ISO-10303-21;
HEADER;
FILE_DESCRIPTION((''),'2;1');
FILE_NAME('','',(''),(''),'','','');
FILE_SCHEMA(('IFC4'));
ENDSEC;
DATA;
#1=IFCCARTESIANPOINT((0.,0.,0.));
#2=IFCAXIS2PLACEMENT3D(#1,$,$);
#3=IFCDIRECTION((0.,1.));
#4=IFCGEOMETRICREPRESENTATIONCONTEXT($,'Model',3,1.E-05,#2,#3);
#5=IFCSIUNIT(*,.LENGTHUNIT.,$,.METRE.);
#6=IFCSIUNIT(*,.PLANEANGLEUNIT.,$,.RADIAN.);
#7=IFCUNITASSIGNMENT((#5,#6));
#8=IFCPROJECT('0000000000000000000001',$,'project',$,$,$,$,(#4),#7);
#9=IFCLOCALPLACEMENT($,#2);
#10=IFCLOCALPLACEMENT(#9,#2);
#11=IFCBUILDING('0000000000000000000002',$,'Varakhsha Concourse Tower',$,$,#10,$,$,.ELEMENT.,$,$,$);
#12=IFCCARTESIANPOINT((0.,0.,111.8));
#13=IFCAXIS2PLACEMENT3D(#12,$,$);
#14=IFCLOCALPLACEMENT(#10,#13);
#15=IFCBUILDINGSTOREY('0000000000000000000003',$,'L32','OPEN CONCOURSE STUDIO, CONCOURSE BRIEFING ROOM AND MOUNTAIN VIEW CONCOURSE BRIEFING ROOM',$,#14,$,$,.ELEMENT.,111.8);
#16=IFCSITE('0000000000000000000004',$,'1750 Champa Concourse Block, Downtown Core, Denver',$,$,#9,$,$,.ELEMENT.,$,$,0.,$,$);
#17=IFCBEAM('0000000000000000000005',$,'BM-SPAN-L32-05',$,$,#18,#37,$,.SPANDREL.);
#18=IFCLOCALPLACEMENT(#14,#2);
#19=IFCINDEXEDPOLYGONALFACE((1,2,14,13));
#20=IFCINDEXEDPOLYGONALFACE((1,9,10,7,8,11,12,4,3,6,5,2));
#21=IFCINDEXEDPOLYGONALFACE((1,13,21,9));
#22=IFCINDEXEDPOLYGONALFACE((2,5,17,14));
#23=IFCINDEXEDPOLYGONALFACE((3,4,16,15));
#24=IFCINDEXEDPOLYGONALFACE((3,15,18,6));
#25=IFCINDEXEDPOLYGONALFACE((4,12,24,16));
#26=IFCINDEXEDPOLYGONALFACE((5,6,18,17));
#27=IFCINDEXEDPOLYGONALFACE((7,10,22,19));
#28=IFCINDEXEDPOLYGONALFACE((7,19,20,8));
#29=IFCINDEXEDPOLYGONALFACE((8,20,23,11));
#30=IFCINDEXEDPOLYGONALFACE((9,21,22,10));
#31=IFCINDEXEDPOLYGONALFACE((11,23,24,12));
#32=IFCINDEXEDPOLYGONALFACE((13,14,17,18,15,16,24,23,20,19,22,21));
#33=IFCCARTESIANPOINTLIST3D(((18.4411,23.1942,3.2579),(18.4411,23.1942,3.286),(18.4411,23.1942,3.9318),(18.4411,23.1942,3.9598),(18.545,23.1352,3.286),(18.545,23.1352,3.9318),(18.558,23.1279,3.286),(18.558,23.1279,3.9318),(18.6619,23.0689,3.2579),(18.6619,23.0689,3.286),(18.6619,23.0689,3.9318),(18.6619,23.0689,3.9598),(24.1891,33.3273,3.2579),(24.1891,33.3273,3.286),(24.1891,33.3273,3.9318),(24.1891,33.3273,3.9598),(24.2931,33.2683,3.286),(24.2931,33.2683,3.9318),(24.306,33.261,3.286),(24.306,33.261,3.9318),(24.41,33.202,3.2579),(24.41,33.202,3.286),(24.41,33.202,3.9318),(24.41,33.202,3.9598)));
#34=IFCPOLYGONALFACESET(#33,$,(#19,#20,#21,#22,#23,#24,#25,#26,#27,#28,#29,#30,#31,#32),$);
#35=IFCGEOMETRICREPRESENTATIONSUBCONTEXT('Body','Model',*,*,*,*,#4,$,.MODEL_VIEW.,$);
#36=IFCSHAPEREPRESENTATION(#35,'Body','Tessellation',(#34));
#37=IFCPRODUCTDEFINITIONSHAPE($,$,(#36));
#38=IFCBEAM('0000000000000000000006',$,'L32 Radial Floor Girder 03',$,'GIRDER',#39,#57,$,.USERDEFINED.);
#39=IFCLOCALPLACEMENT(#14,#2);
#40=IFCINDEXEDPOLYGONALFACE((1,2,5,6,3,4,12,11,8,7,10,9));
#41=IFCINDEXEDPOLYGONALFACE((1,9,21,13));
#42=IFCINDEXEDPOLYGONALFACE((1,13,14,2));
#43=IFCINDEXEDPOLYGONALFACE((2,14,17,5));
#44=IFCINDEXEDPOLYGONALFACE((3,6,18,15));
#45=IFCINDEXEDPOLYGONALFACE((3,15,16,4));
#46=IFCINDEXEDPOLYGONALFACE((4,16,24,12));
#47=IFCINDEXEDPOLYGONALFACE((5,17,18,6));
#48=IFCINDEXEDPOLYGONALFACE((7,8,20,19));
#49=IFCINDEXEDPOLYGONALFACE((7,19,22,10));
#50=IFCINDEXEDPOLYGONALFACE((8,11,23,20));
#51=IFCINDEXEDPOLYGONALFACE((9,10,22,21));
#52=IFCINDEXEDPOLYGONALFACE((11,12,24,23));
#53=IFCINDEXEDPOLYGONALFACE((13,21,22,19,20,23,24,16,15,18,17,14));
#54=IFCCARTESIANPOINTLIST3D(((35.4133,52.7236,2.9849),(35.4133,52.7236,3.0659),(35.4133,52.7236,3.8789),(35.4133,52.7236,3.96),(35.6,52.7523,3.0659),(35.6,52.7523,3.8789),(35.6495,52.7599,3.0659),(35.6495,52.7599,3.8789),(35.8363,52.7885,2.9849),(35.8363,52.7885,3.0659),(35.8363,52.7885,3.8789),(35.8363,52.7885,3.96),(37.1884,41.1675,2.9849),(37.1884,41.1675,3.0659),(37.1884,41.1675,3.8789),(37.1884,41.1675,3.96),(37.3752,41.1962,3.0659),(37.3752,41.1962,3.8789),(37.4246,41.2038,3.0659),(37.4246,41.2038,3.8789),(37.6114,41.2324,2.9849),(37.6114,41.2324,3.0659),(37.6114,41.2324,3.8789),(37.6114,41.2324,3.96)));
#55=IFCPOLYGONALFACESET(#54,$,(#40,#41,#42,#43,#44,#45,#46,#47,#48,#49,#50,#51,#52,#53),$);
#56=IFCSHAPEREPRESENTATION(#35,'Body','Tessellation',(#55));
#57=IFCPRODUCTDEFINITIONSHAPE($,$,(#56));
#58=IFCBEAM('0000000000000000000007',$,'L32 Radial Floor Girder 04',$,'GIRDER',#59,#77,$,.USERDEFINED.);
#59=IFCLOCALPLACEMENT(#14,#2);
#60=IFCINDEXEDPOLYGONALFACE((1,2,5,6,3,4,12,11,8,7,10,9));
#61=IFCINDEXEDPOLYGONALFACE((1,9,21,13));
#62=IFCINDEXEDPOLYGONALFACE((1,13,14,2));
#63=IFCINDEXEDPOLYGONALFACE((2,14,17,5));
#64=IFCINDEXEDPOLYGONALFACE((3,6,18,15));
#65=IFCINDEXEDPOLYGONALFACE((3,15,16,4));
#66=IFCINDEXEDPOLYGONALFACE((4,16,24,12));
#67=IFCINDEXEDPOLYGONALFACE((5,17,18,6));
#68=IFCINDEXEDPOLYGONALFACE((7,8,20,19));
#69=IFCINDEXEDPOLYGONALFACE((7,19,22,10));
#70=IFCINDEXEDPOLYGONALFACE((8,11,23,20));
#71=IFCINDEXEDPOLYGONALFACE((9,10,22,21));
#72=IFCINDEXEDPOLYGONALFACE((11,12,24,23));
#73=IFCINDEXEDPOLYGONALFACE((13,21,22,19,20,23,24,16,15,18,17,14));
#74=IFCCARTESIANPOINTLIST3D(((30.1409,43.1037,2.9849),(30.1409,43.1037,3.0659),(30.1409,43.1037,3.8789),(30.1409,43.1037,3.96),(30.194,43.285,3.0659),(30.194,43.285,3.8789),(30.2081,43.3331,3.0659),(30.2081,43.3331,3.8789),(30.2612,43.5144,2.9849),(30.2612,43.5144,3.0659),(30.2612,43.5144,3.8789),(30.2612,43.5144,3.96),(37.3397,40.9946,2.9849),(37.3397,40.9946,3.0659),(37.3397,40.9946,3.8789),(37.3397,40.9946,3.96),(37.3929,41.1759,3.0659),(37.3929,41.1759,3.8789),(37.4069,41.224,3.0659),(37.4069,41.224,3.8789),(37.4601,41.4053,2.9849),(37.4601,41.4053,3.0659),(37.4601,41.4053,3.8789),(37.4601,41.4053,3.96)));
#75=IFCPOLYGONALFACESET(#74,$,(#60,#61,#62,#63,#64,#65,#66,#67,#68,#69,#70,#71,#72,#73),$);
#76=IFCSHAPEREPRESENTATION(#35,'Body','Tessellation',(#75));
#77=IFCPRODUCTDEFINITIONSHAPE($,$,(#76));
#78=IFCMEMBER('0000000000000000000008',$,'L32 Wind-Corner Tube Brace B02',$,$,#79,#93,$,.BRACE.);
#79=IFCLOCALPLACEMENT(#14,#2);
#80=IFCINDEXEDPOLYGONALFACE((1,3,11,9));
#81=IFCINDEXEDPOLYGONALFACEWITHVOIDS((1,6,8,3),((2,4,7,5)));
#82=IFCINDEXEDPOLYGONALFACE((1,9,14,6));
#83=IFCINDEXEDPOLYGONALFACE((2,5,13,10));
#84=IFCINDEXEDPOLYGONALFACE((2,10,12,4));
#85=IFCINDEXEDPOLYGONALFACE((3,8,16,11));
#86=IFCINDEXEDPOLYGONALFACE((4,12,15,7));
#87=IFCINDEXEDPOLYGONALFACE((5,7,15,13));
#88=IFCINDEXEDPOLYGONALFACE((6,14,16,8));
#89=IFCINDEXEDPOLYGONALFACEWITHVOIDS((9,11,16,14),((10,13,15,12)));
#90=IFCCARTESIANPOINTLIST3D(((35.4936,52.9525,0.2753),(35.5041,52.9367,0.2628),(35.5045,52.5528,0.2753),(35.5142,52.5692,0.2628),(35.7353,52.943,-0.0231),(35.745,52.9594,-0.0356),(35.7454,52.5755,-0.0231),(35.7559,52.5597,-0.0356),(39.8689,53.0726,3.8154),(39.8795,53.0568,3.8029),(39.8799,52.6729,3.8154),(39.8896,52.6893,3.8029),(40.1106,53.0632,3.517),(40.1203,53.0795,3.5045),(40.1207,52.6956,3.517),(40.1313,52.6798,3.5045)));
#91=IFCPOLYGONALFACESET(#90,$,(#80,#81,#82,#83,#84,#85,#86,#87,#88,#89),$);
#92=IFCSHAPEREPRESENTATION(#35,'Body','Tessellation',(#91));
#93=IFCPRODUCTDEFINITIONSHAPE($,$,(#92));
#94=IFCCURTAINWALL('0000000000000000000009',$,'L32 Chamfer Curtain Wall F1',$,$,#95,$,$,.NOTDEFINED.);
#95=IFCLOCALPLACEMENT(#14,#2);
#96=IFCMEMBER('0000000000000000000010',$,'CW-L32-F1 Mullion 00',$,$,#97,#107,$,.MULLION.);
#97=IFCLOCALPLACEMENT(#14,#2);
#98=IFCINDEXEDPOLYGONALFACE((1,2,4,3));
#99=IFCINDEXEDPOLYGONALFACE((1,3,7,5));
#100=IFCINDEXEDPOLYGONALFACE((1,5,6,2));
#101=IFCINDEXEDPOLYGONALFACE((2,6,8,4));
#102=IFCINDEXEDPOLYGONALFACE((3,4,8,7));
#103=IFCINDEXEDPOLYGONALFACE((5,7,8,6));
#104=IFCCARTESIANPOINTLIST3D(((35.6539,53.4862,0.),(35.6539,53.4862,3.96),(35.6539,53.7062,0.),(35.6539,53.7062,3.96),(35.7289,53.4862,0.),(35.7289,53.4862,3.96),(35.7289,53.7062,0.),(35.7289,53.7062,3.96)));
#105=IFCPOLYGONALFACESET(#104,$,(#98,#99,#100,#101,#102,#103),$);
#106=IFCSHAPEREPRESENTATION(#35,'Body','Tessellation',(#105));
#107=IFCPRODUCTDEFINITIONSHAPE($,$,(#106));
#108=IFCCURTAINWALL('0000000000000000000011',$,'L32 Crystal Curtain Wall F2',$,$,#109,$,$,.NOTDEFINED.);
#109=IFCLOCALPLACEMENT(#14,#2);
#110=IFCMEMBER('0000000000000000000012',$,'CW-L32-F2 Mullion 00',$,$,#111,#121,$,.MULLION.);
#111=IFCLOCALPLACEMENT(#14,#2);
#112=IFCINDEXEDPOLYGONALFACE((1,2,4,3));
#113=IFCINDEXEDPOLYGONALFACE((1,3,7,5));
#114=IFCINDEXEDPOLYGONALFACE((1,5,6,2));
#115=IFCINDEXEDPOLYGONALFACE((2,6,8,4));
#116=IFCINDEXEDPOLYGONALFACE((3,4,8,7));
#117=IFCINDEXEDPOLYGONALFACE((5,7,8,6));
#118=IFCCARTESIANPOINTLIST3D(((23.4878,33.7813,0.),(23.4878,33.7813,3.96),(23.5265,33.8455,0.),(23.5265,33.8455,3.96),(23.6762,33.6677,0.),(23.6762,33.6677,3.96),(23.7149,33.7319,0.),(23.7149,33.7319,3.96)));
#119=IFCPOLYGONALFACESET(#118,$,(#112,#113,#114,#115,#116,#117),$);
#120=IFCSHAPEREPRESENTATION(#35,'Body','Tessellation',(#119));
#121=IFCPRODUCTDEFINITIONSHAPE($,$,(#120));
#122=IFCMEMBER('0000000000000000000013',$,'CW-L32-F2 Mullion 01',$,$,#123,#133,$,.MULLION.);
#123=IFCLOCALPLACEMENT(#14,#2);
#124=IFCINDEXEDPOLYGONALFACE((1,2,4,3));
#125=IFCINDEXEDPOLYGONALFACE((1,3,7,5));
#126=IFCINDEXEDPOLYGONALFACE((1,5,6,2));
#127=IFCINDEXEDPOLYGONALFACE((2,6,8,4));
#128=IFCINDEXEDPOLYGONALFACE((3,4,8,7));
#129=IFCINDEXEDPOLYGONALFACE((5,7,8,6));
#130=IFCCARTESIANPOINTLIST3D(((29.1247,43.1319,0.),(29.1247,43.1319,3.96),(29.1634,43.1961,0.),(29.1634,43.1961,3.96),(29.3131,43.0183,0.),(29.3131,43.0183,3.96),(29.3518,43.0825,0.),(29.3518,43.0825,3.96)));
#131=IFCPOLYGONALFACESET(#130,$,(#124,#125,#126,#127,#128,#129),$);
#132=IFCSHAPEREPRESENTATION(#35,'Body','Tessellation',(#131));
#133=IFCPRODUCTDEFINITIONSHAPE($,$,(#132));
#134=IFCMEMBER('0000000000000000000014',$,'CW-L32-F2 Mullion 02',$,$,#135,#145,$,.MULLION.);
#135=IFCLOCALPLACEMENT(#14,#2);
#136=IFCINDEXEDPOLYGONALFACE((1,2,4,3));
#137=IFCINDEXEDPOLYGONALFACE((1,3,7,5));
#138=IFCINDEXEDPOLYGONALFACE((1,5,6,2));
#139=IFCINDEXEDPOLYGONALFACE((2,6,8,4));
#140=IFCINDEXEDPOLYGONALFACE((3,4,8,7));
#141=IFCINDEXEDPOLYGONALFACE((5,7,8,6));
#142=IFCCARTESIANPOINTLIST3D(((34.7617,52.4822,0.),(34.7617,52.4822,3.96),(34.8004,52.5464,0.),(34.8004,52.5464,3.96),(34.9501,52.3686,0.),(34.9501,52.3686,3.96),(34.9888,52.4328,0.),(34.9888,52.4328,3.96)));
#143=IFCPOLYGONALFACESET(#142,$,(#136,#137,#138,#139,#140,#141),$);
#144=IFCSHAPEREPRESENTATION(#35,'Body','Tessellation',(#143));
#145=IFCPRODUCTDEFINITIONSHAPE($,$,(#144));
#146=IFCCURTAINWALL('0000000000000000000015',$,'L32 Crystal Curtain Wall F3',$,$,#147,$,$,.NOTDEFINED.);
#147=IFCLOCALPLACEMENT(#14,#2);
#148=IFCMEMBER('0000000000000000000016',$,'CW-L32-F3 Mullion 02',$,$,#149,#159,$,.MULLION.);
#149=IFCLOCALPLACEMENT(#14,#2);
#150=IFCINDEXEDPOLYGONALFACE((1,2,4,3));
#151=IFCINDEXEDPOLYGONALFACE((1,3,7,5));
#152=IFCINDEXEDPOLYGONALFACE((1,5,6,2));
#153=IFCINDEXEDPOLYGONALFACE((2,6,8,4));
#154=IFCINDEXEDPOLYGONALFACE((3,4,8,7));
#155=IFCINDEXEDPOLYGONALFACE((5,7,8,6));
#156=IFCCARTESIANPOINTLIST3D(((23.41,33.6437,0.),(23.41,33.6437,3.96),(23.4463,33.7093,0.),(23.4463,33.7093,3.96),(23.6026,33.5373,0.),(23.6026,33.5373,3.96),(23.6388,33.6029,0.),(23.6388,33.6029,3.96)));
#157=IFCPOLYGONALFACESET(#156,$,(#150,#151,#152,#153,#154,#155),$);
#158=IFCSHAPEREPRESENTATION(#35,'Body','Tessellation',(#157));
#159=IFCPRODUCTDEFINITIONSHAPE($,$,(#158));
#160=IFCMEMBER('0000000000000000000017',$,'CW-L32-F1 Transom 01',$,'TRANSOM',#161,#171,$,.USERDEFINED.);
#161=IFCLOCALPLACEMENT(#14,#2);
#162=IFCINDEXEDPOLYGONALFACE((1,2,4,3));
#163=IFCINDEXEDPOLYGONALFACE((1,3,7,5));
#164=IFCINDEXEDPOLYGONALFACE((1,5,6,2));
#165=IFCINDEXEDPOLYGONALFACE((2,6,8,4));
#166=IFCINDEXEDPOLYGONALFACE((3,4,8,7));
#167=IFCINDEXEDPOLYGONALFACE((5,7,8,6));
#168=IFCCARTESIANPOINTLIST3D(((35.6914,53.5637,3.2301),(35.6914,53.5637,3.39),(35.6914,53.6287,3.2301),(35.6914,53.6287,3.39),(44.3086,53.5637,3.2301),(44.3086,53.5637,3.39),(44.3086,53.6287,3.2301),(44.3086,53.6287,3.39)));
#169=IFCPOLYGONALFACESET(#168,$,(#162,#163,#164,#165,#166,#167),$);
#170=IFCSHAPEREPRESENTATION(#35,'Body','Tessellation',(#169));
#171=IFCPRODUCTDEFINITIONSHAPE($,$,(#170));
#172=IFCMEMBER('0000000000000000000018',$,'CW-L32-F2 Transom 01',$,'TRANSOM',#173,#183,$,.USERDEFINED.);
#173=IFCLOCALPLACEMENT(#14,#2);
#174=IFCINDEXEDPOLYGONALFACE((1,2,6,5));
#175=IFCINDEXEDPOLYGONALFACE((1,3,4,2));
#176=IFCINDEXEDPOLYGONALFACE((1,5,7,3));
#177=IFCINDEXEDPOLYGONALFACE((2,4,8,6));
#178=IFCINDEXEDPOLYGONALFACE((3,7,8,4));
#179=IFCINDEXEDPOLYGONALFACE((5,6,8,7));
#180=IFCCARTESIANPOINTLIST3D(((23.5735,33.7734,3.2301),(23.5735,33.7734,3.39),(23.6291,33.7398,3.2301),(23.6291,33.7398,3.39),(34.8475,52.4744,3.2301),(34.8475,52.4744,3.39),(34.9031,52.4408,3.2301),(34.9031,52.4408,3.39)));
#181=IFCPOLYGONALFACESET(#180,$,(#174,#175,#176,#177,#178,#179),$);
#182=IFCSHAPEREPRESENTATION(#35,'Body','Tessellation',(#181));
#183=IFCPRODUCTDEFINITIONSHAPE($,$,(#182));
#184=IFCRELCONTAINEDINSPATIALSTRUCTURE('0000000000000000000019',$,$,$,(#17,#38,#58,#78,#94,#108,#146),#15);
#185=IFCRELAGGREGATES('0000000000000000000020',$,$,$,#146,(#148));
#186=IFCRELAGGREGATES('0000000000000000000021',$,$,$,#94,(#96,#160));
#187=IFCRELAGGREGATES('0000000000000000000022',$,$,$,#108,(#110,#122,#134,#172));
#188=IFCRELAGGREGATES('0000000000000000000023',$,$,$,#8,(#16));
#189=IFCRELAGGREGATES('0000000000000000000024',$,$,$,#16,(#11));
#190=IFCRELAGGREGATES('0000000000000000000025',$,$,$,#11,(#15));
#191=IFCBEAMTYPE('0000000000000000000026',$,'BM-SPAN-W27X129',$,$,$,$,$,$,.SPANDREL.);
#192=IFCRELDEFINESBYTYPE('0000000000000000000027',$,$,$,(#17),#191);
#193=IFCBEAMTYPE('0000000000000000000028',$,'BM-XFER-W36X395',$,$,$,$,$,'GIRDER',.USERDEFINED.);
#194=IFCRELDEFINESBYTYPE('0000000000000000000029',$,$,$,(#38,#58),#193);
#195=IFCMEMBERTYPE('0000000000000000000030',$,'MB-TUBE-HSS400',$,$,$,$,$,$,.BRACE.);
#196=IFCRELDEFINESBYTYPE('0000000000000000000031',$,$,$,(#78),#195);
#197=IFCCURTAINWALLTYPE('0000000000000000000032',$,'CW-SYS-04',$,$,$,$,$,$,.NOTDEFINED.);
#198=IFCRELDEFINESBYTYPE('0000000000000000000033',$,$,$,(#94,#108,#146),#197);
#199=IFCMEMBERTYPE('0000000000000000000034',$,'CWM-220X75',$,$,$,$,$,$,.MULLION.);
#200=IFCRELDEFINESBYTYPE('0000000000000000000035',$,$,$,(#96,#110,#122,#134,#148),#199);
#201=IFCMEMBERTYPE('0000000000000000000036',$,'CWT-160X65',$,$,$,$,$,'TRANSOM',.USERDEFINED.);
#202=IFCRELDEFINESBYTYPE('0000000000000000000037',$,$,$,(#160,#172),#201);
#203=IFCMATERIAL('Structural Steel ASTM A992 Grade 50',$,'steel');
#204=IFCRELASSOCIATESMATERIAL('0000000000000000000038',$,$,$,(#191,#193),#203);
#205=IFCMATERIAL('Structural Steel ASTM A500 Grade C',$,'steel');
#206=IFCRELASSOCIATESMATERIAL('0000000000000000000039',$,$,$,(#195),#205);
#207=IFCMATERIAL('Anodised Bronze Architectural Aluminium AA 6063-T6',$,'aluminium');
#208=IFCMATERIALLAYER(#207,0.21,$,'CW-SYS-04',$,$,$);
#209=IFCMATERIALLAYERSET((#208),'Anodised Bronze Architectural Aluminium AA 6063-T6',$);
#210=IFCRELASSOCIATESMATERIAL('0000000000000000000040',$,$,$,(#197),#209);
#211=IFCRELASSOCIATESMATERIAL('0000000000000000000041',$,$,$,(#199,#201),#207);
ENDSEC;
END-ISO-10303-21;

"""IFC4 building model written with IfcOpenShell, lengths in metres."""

from ifc_helpers import new_model, si_unit, direction, frame, origin, origin_2d, place, context, subcontext, project, spatial, rectangle, hollow_rectangle, i_section, extrude, source, transform, mapped, material, layer, layer_set, material_profile, profile_set, type_object, type_shapes, element, aggregate, save


model = new_model("IFC4")

# Units and contexts
model_context = context("Model", 3, precision=1e-05, world=origin(), true_north=direction((0.0, 1.0)))
body_context = subcontext(model_context, "Body", "Model", "MODEL_VIEW")
ifc_project = project(units=[si_unit("LENGTHUNIT", "METRE"), si_unit("PLANEANGLEUNIT", "RADIAN")], contexts=[model_context])

# Site, building, storey
site_placement = place(None, origin())
site = spatial("IfcSite", under=ifc_project, at=site_placement, Name="1750 Champa Concourse Block, Downtown Core, Denver", CompositionType="ELEMENT", RefElevation=0.0)
building_placement = place(site_placement, origin())
building = spatial("IfcBuilding", under=site, at=building_placement, Name="Varakhsha Concourse Tower", CompositionType="ELEMENT")
storey_placement = place(building_placement, frame((0.0, 0.0, 111.8)))
storey = spatial("IfcBuildingStorey", under=building, at=storey_placement, Name="L32", Description="OPEN CONCOURSE STUDIO, CONCOURSE BRIEFING ROOM AND MOUNTAIN VIEW CONCOURSE BRIEFING ROOM", CompositionType="ELEMENT", Elevation=111.8)

# Shared definitions
ifc_material_1 = material(Name="Structural Steel ASTM A992 Grade 50", Category="steel")

# Beams
ifc_material_profile_1 = material_profile(ifc_material_1, i_section(OverallWidth=0.2539, OverallDepth=0.7019, WebThickness=0.0149, FlangeThickness=0.0281, at=origin_2d()), Name="W27X129")
ifc_profile_set_1 = profile_set([ifc_material_profile_1], Name="Structural Steel ASTM A992 Grade 50")
beam_type_1 = type_object("IfcBeamType", Name="BM-SPAN-W27X129", PredefinedType="SPANDREL", material=ifc_profile_set_1)
beam_1_placement = place(storey_placement, frame((24.2996, 33.2646, 3.6089), z_axis=(-0.493401, -0.869802, 0.0), x_axis=(0.869802, -0.493401, 0.0)))
element("IfcBeam", 1, at=beam_1_placement, inside=storey, type_object=beam_type_1, Name="BM-SPAN-L32-05", PredefinedType="SPANDREL", context=body_context, shape_type="SweptSolid", body=[
    extrude(i_section(OverallWidth=0.2539, OverallDepth=0.7019, WebThickness=0.0149, FlangeThickness=0.0281, at=origin_2d()), origin(), (0.0, 0.0, 1.0), 11.6499),
])
ifc_material_profile_2 = material_profile(ifc_material_1, i_section(OverallWidth=0.428, OverallDepth=0.9751, WebThickness=0.05, FlangeThickness=0.0811, at=origin_2d()), Name="W36X395")
ifc_profile_set_2 = profile_set([ifc_material_profile_2], Name="Structural Steel ASTM A992 Grade 50")
beam_type_2 = type_object("IfcBeamType", Name="BM-XFER-W36X395", ElementType="GIRDER", PredefinedType="USERDEFINED", material=ifc_profile_set_2)
beam_2_placement = place(storey_placement, frame((37.3999, 41.2, 3.4724), z_axis=(-0.15183, 0.988407, 0.0), x_axis=(-0.988407, -0.15183, 0.0)))
element("IfcBeam", 2, at=beam_2_placement, inside=storey, type_object=beam_type_2, Name="L32 Radial Floor Girder 03", ObjectType="GIRDER", PredefinedType="USERDEFINED", context=body_context, shape_type="SweptSolid", body=[
    extrude(i_section(OverallWidth=0.428, OverallDepth=0.9751, WebThickness=0.05, FlangeThickness=0.0811, at=origin_2d()), origin(), (0.0, 0.0, 1.0), 11.6917),
])
beam_3_placement = place(storey_placement, frame((37.3999, 41.2, 3.4724), z_axis=(-0.959661, 0.281158, 0.0), x_axis=(-0.281158, -0.959661, 0.0)))
element("IfcBeam", 3, at=beam_3_placement, inside=storey, type_object=beam_type_2, Name="L32 Radial Floor Girder 04", ObjectType="GIRDER", PredefinedType="USERDEFINED", context=body_context, shape_type="SweptSolid", body=[
    extrude(i_section(OverallWidth=0.428, OverallDepth=0.9751, WebThickness=0.05, FlangeThickness=0.0811, at=origin_2d()), origin(), (0.0, 0.0, 1.0), 7.5015),
])

# Member
ifc_material_2 = material(Name="Structural Steel ASTM A500 Grade C", Category="steel")
ifc_material_profile_3 = material_profile(ifc_material_2, hollow_rectangle(XDim=0.3999, YDim=0.3999, WallThickness=0.0161, at=origin_2d()), Name="HSS 400x400x16")
ifc_profile_set_3 = profile_set([ifc_material_profile_3], Name="Structural Steel ASTM A500 Grade C")
member_type_1 = type_object("IfcMemberType", Name="MB-TUBE-HSS400", PredefinedType="BRACE", material=ifc_profile_set_3)
shared_shape_1 = source(origin(), body_context, "Body", "SweptSolid", [
    extrude(hollow_rectangle(XDim=0.3999, YDim=0.3999, WallThickness=0.0161, at=origin_2d()), origin(), (0.0, 0.0, 1.0), 5.6294),
])
type_shapes(member_type_1, [shared_shape_1])
member_1_placement = place(storey_placement, frame((35.6248, 52.7561, 0.1199), z_axis=(0.777226, 0.021338, 0.628859), x_axis=(-0.027443, 0.999623, 0.0)))
element("IfcMember", 4, at=member_1_placement, inside=storey, type_object=member_type_1, Name="L32 Wind-Corner Tube Brace B02", PredefinedType="BRACE", context=body_context, shape_type="MappedRepresentation", body=[
    mapped(shared_shape_1, transform((0.0, 0.0, 0.0), scale=1.0)),
])

# Curtain wall, member
ifc_material_3 = material(Name="Anodised Bronze Architectural Aluminium AA 6063-T6", Category="aluminium")
ifc_layer_1 = layer(ifc_material_3, 0.21, Name="CW-SYS-04")
ifc_layer_set_1 = layer_set([ifc_layer_1], Name="Anodised Bronze Architectural Aluminium AA 6063-T6")
curtain_wall_type = type_object("IfcCurtainWallType", Name="CW-SYS-04", PredefinedType="NOTDEFINED", material=ifc_layer_set_1)
curtain_wall_1_placement = place(storey_placement, origin())
curtain_wall_1 = element("IfcCurtainWall", 5, at=curtain_wall_1_placement, inside=storey, type_object=curtain_wall_type, Name="L32 Chamfer Curtain Wall F1", PredefinedType="NOTDEFINED")
ifc_material_profile_4 = material_profile(ifc_material_3, rectangle(XDim=0.075, YDim=0.22, at=origin_2d()), Name="CWM-220X75")
ifc_profile_set_4 = profile_set([ifc_material_profile_4], Name="Anodised Bronze Architectural Aluminium AA 6063-T6")
member_type_2 = type_object("IfcMemberType", Name="CWM-220X75", PredefinedType="MULLION", material=ifc_profile_set_4)
shared_shape_2 = source(origin(), body_context, "Body", "SweptSolid", [
    extrude(rectangle(XDim=0.075, YDim=0.22, at=origin_2d()), origin(), (0.0, 0.0, 1.0), 3.96),
])
type_shapes(member_type_2, [shared_shape_2])
member_2_placement = place(storey_placement, frame((35.6914, 53.5962, 0.0), z_axis=(0.0, 0.0, 1.0), x_axis=(1.0, 0.0, 0.0)))
member_2 = element("IfcMember", 6, at=member_2_placement, type_object=member_type_2, Name="CW-L32-F1 Mullion 00", PredefinedType="MULLION", context=body_context, shape_type="MappedRepresentation", body=[
    mapped(shared_shape_2, transform((0.0, 0.0, 0.0), scale=1.0)),
])

# Curtain wall, members
curtain_wall_2_placement = place(storey_placement, origin())
curtain_wall_2 = element("IfcCurtainWall", 7, at=curtain_wall_2_placement, inside=storey, type_object=curtain_wall_type, Name="L32 Crystal Curtain Wall F2", PredefinedType="NOTDEFINED")
member_3_placement = place(storey_placement, frame((23.6013, 33.7566, 0.0), z_axis=(0.0, 0.0, 1.0), x_axis=(0.51629, 0.856414, 0.0)))
member_3 = element("IfcMember", 8, at=member_3_placement, type_object=member_type_2, Name="CW-L32-F2 Mullion 00", PredefinedType="MULLION", context=body_context, shape_type="MappedRepresentation", body=[
    mapped(shared_shape_2, transform((0.0, 0.0, 0.0), scale=1.0)),
])
member_4_placement = place(storey_placement, frame((29.2383, 43.1072, 0.0), z_axis=(0.0, 0.0, 1.0), x_axis=(0.51629, 0.856414, 0.0)))
member_4 = element("IfcMember", 9, at=member_4_placement, type_object=member_type_2, Name="CW-L32-F2 Mullion 01", PredefinedType="MULLION", context=body_context, shape_type="MappedRepresentation", body=[
    mapped(shared_shape_2, transform((0.0, 0.0, 0.0), scale=1.0)),
])
member_5_placement = place(storey_placement, frame((34.8752, 52.4575, 0.0), z_axis=(0.0, 0.0, 1.0), x_axis=(0.51629, 0.856414, 0.0)))
member_5 = element("IfcMember", 10, at=member_5_placement, type_object=member_type_2, Name="CW-L32-F2 Mullion 02", PredefinedType="MULLION", context=body_context, shape_type="MappedRepresentation", body=[
    mapped(shared_shape_2, transform((0.0, 0.0, 0.0), scale=1.0)),
])

# Curtain wall, member
curtain_wall_3_placement = place(storey_placement, origin())
curtain_wall_3 = element("IfcCurtainWall", 11, at=curtain_wall_3_placement, inside=storey, type_object=curtain_wall_type, Name="L32 Crystal Curtain Wall F3", PredefinedType="NOTDEFINED")
member_6_placement = place(storey_placement, frame((23.5244, 33.6233, 0.0), z_axis=(0.0, 0.0, 1.0), x_axis=(0.483536, 0.875324, 0.0)))
member_6 = element("IfcMember", 12, at=member_6_placement, type_object=member_type_2, Name="CW-L32-F3 Mullion 02", PredefinedType="MULLION", context=body_context, shape_type="MappedRepresentation", body=[
    mapped(shared_shape_2, transform((0.0, 0.0, 0.0), scale=1.0)),
])
aggregate(curtain_wall_3, [member_6])

# Members
ifc_material_profile_5 = material_profile(ifc_material_3, rectangle(XDim=0.0649, YDim=0.1599, at=origin_2d()), Name="CWT-160X65")
ifc_profile_set_5 = profile_set([ifc_material_profile_5], Name="Anodised Bronze Architectural Aluminium AA 6063-T6")
member_type_3 = type_object("IfcMemberType", Name="CWT-160X65", ElementType="TRANSOM", PredefinedType="USERDEFINED", material=ifc_profile_set_5)
shared_shape_3 = source(origin(), body_context, "Body", "SweptSolid", [
    extrude(rectangle(XDim=0.0649, YDim=0.1599, at=origin_2d()), origin(), (0.0, 0.0, 1.0), 8.6172),
])
member_7_placement = place(storey_placement, frame((35.6914, 53.5962, 3.3101), z_axis=(1.0, 0.0, 0.0), x_axis=(0.0, 1.0, 0.0)))
member_7 = element("IfcMember", 13, at=member_7_placement, type_object=member_type_3, Name="CW-L32-F1 Transom 01", ObjectType="TRANSOM", PredefinedType="USERDEFINED", context=body_context, shape_type="MappedRepresentation", body=[
    mapped(shared_shape_3, transform((0.0, 0.0, 0.0), scale=1.0)),
])
aggregate(curtain_wall_1, [member_2, member_7])
shared_shape_4 = source(origin(), body_context, "Body", "SweptSolid", [
    extrude(rectangle(XDim=0.0649, YDim=0.1599, at=origin_2d()), origin(), (0.0, 0.0, 1.0), 21.8364),
])
type_shapes(member_type_3, [shared_shape_3, shared_shape_4])
member_8_placement = place(storey_placement, frame((23.6013, 33.7566, 3.3101), z_axis=(0.516292, 0.856413, 0.0), x_axis=(-0.856413, 0.516292, 0.0)))
member_8 = element("IfcMember", 14, at=member_8_placement, type_object=member_type_3, Name="CW-L32-F2 Transom 01", ObjectType="TRANSOM", PredefinedType="USERDEFINED", context=body_context, shape_type="MappedRepresentation", body=[
    mapped(shared_shape_4, transform((0.0, 0.0, 0.0), scale=1.0)),
])

aggregate(curtain_wall_2, [member_3, member_4, member_5, member_8])

save(model, "model.ifc")
